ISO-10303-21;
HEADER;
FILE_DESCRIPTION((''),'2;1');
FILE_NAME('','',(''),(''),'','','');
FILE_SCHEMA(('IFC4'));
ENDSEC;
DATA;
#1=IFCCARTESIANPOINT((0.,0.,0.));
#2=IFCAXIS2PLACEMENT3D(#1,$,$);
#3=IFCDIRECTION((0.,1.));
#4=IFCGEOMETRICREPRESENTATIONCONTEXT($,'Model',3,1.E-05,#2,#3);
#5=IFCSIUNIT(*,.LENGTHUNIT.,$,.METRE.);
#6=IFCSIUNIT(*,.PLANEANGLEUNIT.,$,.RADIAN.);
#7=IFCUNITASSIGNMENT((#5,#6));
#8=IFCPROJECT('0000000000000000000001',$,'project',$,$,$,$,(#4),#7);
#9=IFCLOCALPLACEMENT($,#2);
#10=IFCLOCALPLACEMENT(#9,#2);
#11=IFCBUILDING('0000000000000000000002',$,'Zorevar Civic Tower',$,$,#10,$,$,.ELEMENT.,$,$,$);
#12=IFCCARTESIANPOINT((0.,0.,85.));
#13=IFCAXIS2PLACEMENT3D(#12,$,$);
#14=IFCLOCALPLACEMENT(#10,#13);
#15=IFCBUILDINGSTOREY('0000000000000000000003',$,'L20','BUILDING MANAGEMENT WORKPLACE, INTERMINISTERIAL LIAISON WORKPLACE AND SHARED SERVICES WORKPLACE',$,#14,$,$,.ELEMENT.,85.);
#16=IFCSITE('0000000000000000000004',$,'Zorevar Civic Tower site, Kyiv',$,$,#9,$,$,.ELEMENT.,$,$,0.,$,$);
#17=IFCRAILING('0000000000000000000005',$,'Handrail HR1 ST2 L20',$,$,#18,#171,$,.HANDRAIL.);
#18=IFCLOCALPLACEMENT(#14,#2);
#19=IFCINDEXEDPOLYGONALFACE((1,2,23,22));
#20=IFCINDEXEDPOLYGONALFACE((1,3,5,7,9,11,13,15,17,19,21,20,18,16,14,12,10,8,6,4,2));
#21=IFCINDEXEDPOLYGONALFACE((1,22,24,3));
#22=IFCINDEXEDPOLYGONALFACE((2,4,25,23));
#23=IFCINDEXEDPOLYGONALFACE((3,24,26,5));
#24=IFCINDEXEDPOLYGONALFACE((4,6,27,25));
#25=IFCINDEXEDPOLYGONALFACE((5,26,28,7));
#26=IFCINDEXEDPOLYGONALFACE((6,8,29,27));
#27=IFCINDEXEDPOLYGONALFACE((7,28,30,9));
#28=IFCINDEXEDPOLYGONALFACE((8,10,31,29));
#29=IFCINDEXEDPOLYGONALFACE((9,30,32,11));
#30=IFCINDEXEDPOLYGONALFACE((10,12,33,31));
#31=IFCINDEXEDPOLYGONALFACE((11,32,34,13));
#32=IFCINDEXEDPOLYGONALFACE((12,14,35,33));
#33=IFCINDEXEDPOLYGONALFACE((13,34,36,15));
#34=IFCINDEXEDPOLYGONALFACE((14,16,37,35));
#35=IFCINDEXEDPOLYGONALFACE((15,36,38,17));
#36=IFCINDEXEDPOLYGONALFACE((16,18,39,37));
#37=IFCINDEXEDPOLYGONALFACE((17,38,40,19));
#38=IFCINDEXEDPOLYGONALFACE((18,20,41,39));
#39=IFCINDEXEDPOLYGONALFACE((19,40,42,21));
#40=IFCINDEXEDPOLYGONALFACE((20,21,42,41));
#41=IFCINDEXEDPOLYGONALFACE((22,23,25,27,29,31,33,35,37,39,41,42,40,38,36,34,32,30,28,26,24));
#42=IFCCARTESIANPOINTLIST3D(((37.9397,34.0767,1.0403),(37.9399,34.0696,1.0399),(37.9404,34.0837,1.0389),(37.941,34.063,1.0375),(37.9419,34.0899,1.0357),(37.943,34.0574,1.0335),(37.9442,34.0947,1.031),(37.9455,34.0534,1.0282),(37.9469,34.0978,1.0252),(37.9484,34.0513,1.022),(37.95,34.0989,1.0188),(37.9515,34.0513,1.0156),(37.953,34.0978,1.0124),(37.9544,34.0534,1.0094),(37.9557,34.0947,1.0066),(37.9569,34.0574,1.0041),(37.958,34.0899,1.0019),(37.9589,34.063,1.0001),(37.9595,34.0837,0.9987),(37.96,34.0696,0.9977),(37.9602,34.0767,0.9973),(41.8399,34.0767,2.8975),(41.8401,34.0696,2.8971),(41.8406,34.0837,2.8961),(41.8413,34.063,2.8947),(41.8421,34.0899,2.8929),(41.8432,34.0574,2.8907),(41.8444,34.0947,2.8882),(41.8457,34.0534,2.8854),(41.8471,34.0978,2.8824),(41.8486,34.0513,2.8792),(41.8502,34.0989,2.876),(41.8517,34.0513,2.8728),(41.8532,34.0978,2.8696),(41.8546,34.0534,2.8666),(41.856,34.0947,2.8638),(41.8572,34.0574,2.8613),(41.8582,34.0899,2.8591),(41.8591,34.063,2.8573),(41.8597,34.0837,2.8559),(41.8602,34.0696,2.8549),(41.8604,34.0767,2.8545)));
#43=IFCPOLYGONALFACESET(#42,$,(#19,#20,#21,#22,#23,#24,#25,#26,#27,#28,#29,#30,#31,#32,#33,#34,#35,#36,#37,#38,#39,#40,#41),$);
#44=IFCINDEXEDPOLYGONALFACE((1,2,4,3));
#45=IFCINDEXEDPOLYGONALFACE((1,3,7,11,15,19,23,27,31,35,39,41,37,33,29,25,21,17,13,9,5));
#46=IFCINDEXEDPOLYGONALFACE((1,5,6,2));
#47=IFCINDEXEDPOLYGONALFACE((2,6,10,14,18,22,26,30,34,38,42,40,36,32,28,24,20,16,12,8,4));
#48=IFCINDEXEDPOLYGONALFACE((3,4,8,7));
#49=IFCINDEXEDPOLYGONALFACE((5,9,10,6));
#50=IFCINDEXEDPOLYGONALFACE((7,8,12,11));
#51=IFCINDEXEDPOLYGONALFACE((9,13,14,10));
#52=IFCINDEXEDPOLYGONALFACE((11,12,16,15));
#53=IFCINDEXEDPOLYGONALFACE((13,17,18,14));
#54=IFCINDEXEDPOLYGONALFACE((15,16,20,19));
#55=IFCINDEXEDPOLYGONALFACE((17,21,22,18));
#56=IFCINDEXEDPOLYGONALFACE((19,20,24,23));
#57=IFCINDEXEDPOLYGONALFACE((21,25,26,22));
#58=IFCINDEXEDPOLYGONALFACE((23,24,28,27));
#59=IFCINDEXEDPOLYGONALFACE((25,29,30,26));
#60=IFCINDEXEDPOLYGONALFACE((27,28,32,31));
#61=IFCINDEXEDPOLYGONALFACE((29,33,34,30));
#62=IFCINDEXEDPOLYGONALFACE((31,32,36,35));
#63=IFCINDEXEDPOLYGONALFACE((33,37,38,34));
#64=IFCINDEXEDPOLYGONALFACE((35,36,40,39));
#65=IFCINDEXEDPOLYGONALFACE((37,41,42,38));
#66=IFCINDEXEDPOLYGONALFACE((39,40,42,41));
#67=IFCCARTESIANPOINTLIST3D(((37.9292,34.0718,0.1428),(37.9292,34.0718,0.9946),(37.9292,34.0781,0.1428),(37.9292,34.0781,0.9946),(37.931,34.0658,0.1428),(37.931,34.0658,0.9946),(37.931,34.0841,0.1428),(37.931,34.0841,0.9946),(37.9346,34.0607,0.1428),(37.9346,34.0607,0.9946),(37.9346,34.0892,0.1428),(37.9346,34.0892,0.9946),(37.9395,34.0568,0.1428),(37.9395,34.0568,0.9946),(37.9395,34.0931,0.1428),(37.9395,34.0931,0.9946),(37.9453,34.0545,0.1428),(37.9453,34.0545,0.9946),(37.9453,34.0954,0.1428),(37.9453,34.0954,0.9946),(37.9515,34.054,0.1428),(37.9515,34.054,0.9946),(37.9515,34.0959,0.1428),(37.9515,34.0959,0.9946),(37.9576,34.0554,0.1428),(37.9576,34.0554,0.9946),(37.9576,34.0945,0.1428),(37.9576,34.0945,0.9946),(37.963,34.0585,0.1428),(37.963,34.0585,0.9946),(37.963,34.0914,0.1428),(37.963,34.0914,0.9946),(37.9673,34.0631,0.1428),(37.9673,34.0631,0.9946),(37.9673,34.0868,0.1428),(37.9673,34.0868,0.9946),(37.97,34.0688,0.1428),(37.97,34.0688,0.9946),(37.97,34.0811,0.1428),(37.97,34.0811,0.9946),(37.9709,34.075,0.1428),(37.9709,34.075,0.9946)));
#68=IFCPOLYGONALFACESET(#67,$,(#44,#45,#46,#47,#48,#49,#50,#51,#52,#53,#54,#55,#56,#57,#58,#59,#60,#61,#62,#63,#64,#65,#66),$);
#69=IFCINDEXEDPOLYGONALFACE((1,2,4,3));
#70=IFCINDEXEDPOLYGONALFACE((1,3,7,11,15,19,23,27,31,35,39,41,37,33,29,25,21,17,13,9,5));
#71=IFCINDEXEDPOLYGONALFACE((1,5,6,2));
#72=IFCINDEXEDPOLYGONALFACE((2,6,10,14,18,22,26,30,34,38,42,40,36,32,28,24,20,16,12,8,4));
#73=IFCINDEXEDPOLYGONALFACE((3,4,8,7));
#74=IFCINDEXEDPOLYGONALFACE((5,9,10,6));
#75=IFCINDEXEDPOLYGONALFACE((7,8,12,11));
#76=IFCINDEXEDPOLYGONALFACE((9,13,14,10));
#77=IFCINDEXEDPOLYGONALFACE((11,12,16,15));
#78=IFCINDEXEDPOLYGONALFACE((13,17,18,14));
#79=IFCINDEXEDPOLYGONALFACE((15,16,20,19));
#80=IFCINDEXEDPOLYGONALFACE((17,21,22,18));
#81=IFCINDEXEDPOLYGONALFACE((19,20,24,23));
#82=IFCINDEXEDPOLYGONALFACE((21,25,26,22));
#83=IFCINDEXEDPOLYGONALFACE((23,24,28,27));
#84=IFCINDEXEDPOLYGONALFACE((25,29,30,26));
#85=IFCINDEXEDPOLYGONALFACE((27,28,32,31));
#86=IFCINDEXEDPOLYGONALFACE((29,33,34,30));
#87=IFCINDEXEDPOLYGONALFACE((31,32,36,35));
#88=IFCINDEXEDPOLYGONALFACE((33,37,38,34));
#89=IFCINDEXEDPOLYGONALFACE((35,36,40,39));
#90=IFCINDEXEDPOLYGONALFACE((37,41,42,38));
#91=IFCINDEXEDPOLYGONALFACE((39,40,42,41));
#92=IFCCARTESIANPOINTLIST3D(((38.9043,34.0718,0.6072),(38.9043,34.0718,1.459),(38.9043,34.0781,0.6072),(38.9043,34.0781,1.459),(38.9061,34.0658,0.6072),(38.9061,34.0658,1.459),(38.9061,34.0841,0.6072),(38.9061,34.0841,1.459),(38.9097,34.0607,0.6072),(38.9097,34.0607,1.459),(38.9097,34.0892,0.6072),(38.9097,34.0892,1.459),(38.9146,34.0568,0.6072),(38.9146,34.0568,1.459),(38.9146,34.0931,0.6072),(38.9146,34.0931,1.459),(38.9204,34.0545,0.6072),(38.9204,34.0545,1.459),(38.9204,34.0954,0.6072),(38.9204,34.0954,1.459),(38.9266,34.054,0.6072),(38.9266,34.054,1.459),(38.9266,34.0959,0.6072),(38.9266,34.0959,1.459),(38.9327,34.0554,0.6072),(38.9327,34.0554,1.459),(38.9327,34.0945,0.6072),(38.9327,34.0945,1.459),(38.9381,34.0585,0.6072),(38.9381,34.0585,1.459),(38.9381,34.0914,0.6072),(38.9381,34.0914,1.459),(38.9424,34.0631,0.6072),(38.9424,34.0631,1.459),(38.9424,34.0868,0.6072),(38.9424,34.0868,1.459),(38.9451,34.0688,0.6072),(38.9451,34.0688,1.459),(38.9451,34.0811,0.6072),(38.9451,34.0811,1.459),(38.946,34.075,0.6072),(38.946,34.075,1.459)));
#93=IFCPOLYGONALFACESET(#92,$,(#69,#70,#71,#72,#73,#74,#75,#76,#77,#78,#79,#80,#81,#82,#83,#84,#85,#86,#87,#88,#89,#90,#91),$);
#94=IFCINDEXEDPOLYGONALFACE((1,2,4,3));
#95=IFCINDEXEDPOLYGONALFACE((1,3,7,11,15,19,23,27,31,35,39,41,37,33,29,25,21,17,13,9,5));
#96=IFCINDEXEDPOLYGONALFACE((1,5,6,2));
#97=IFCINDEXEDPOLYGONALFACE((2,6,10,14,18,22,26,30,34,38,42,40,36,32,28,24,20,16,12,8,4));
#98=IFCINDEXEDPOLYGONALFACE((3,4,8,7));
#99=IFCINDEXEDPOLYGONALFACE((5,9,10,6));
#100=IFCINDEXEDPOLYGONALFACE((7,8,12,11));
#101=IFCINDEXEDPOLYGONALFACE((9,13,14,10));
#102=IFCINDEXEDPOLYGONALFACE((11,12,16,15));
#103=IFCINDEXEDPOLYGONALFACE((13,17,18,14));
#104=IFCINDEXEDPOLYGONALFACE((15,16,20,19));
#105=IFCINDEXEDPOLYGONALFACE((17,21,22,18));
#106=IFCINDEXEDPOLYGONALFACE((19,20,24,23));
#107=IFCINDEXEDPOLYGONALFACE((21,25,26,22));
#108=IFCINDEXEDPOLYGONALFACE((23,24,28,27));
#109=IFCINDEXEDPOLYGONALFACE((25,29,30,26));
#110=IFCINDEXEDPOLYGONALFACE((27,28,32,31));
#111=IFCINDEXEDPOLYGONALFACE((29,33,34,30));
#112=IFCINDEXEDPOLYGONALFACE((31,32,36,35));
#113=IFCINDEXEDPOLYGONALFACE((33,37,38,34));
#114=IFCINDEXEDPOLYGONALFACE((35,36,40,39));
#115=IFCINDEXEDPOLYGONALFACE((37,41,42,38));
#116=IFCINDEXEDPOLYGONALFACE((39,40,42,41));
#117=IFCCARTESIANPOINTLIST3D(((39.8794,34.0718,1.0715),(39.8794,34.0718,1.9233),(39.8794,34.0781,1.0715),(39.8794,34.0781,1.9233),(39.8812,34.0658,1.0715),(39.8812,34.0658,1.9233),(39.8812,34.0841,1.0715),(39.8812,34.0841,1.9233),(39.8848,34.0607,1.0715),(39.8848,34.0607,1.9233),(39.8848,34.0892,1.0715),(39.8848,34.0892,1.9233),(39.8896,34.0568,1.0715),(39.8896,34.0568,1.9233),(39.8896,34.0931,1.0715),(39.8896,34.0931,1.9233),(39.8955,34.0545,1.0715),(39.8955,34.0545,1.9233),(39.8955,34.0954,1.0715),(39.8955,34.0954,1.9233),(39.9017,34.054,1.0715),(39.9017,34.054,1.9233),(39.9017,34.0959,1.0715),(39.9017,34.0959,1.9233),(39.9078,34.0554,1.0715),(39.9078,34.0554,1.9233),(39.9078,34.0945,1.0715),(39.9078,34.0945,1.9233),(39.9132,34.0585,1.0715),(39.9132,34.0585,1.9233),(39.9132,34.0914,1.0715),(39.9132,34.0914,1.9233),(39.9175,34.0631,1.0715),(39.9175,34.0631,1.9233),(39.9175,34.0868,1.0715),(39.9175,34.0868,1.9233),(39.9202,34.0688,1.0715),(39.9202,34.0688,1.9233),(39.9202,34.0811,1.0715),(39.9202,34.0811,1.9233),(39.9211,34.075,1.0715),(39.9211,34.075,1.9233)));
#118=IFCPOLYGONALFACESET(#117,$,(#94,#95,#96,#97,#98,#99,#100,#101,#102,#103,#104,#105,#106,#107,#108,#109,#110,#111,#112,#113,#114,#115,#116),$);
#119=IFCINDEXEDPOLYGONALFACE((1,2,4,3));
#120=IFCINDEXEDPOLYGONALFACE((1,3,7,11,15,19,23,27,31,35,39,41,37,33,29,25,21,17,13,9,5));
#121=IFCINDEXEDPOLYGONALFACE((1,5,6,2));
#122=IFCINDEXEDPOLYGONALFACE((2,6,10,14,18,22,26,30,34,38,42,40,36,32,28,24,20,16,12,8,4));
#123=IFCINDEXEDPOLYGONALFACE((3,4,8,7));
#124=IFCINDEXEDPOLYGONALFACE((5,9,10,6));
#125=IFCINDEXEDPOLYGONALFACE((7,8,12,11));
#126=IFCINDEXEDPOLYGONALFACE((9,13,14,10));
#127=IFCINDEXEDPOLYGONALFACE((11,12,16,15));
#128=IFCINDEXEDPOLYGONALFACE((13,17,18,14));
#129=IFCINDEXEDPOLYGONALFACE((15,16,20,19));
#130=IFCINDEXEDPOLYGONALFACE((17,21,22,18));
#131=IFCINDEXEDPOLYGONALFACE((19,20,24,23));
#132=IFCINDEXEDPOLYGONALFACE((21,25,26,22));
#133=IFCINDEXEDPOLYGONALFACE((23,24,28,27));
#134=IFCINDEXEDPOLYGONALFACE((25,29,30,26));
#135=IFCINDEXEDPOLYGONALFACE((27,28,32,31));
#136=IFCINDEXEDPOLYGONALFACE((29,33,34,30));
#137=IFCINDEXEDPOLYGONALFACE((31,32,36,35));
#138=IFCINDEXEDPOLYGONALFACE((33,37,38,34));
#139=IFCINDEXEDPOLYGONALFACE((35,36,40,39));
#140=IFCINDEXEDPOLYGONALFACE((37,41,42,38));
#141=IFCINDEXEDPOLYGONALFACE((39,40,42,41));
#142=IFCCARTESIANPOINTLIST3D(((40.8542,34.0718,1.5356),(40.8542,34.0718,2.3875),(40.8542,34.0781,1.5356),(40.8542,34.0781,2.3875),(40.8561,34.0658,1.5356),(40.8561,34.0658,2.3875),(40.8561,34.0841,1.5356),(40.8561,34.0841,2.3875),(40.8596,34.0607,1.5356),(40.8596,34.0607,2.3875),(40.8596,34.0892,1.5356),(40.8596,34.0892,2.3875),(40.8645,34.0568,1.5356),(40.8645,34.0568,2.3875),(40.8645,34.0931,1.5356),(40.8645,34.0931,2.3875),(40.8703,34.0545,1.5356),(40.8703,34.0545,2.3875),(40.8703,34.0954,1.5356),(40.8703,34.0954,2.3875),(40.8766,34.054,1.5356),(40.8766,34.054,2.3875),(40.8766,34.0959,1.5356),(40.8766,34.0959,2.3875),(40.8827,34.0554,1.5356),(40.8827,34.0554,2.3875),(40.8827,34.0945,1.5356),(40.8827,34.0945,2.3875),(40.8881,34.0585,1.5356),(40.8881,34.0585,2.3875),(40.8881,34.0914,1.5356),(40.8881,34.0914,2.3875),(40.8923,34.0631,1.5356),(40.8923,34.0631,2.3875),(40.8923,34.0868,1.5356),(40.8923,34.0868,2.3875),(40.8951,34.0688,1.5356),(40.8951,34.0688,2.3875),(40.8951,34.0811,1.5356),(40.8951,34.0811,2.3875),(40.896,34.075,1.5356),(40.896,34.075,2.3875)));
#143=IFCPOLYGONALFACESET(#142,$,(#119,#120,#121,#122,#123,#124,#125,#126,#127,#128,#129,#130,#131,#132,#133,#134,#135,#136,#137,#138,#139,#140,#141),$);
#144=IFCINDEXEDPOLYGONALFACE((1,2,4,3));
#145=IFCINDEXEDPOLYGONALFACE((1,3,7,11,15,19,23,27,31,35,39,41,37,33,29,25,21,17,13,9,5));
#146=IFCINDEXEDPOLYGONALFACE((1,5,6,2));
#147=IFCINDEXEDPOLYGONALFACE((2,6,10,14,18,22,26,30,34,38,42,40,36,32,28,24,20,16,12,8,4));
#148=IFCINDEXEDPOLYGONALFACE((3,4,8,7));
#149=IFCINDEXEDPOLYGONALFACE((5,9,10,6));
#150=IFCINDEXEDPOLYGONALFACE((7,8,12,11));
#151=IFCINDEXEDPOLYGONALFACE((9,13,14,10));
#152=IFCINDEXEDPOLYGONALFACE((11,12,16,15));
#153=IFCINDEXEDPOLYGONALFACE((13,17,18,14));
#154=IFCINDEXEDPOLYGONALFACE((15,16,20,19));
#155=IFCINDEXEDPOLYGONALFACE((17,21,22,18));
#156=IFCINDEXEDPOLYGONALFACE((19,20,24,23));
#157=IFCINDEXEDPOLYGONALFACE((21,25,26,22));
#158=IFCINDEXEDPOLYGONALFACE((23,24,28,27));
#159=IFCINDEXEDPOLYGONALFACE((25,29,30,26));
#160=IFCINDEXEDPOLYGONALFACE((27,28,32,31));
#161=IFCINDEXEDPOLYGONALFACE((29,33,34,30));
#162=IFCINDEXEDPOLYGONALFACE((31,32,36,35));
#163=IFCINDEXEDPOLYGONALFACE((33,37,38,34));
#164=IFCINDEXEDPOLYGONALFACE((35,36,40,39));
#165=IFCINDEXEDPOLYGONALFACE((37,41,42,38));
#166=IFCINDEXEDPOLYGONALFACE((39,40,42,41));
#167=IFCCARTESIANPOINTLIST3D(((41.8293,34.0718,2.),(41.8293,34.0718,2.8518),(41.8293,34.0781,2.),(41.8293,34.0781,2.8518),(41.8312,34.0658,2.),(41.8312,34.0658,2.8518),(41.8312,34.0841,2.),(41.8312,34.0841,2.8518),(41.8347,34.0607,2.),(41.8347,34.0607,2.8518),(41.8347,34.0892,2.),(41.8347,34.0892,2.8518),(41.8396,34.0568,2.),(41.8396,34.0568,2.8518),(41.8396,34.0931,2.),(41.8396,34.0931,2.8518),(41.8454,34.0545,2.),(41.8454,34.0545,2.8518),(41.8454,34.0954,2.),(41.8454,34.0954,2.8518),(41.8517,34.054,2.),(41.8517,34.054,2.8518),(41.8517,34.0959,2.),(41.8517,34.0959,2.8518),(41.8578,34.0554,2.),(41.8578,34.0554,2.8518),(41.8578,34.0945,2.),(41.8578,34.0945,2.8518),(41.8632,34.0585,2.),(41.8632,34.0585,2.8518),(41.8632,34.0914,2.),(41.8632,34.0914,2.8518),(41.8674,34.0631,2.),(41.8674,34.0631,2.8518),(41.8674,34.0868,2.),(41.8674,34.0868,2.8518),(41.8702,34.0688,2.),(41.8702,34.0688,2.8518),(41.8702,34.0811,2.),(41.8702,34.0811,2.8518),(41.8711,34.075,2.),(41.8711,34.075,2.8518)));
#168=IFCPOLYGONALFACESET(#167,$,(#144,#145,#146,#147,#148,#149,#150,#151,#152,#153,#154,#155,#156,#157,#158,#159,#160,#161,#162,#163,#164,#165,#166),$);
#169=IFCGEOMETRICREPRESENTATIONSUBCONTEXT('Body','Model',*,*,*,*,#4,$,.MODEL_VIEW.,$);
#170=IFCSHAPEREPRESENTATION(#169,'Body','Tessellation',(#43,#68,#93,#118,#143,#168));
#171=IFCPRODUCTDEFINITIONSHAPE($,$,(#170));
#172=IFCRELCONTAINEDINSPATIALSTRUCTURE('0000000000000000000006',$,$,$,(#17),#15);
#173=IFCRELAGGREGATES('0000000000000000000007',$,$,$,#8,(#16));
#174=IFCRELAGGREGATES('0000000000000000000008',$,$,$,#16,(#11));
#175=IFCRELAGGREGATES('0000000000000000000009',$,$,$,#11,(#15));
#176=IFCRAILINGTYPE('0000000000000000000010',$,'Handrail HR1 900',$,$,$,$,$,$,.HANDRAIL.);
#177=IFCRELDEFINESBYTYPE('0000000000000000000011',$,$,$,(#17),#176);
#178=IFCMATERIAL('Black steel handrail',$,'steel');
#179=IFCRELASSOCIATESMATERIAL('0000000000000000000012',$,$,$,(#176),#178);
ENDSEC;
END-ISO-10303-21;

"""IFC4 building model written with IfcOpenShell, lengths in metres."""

from ifc_helpers import new_model, si_unit, direction, frame, origin, origin_2d, place, context, subcontext, project, spatial, circle, extrude, material, type_object, element, save


model = new_model("IFC4")

# Units and contexts
model_context = context("Model", 3, precision=1e-05, world=origin(), true_north=direction((0.0, 1.0)))
body_context = subcontext(model_context, "Body", "Model", "MODEL_VIEW")
ifc_project = project(units=[si_unit("LENGTHUNIT", "METRE"), si_unit("PLANEANGLEUNIT", "RADIAN")], contexts=[model_context])

# Site, building, storey
site_placement = place(None, origin())
site = spatial("IfcSite", under=ifc_project, at=site_placement, Name="Zorevar Civic Tower site, Kyiv", CompositionType="ELEMENT", RefElevation=0.0)
building_placement = place(site_placement, origin())
building = spatial("IfcBuilding", under=site, at=building_placement, Name="Zorevar Civic Tower", CompositionType="ELEMENT")
storey_placement = place(building_placement, frame((0.0, 0.0, 85.0)))
storey = spatial("IfcBuildingStorey", under=building, at=storey_placement, Name="L20", Description="BUILDING MANAGEMENT WORKPLACE, INTERMINISTERIAL LIAISON WORKPLACE AND SHARED SERVICES WORKPLACE", CompositionType="ELEMENT", Elevation=85.0)

# Railing
ifc_material_1 = material(Name="Black steel handrail", Category="steel")
railing_type = type_object("IfcRailingType", Name="Handrail HR1 900", PredefinedType="HANDRAIL", material=ifc_material_1)
railing_1_placement = place(storey_placement, frame((37.95, 34.075, 0.1428)))
element("IfcRailing", 1, at=railing_1_placement, inside=storey, type_object=railing_type, Name="Handrail HR1 ST2 L20", PredefinedType="HANDRAIL", context=body_context, shape_type="SweptSolid", body=[
    extrude(circle(Radius=0.0239, at=origin_2d()), frame((0.0, 0.0, 0.876), z_axis=(0.902864, 0.0, 0.429927), x_axis=(0.0, 1.0, 0.0)), (0.0, 0.0, 1.0), 4.3198),
    extrude(circle(Radius=0.021, at=origin_2d()), origin(), (0.0, 0.0, 1.0), 0.8518),
    extrude(circle(Radius=0.021, at=origin_2d()), frame((0.9751, 0.0, 0.4644)), (0.0, 0.0, 1.0), 0.8518),
    extrude(circle(Radius=0.021, at=origin_2d()), frame((1.9502, 0.0, 0.9287)), (0.0, 0.0, 1.0), 0.8518),
    extrude(circle(Radius=0.021, at=origin_2d()), frame((2.925, 0.0, 1.3928)), (0.0, 0.0, 1.0), 0.8518),
    extrude(circle(Radius=0.021, at=origin_2d()), frame((3.9001, 0.0, 1.8572)), (0.0, 0.0, 1.0), 0.8518),
])

save(model, "model.ifc")
